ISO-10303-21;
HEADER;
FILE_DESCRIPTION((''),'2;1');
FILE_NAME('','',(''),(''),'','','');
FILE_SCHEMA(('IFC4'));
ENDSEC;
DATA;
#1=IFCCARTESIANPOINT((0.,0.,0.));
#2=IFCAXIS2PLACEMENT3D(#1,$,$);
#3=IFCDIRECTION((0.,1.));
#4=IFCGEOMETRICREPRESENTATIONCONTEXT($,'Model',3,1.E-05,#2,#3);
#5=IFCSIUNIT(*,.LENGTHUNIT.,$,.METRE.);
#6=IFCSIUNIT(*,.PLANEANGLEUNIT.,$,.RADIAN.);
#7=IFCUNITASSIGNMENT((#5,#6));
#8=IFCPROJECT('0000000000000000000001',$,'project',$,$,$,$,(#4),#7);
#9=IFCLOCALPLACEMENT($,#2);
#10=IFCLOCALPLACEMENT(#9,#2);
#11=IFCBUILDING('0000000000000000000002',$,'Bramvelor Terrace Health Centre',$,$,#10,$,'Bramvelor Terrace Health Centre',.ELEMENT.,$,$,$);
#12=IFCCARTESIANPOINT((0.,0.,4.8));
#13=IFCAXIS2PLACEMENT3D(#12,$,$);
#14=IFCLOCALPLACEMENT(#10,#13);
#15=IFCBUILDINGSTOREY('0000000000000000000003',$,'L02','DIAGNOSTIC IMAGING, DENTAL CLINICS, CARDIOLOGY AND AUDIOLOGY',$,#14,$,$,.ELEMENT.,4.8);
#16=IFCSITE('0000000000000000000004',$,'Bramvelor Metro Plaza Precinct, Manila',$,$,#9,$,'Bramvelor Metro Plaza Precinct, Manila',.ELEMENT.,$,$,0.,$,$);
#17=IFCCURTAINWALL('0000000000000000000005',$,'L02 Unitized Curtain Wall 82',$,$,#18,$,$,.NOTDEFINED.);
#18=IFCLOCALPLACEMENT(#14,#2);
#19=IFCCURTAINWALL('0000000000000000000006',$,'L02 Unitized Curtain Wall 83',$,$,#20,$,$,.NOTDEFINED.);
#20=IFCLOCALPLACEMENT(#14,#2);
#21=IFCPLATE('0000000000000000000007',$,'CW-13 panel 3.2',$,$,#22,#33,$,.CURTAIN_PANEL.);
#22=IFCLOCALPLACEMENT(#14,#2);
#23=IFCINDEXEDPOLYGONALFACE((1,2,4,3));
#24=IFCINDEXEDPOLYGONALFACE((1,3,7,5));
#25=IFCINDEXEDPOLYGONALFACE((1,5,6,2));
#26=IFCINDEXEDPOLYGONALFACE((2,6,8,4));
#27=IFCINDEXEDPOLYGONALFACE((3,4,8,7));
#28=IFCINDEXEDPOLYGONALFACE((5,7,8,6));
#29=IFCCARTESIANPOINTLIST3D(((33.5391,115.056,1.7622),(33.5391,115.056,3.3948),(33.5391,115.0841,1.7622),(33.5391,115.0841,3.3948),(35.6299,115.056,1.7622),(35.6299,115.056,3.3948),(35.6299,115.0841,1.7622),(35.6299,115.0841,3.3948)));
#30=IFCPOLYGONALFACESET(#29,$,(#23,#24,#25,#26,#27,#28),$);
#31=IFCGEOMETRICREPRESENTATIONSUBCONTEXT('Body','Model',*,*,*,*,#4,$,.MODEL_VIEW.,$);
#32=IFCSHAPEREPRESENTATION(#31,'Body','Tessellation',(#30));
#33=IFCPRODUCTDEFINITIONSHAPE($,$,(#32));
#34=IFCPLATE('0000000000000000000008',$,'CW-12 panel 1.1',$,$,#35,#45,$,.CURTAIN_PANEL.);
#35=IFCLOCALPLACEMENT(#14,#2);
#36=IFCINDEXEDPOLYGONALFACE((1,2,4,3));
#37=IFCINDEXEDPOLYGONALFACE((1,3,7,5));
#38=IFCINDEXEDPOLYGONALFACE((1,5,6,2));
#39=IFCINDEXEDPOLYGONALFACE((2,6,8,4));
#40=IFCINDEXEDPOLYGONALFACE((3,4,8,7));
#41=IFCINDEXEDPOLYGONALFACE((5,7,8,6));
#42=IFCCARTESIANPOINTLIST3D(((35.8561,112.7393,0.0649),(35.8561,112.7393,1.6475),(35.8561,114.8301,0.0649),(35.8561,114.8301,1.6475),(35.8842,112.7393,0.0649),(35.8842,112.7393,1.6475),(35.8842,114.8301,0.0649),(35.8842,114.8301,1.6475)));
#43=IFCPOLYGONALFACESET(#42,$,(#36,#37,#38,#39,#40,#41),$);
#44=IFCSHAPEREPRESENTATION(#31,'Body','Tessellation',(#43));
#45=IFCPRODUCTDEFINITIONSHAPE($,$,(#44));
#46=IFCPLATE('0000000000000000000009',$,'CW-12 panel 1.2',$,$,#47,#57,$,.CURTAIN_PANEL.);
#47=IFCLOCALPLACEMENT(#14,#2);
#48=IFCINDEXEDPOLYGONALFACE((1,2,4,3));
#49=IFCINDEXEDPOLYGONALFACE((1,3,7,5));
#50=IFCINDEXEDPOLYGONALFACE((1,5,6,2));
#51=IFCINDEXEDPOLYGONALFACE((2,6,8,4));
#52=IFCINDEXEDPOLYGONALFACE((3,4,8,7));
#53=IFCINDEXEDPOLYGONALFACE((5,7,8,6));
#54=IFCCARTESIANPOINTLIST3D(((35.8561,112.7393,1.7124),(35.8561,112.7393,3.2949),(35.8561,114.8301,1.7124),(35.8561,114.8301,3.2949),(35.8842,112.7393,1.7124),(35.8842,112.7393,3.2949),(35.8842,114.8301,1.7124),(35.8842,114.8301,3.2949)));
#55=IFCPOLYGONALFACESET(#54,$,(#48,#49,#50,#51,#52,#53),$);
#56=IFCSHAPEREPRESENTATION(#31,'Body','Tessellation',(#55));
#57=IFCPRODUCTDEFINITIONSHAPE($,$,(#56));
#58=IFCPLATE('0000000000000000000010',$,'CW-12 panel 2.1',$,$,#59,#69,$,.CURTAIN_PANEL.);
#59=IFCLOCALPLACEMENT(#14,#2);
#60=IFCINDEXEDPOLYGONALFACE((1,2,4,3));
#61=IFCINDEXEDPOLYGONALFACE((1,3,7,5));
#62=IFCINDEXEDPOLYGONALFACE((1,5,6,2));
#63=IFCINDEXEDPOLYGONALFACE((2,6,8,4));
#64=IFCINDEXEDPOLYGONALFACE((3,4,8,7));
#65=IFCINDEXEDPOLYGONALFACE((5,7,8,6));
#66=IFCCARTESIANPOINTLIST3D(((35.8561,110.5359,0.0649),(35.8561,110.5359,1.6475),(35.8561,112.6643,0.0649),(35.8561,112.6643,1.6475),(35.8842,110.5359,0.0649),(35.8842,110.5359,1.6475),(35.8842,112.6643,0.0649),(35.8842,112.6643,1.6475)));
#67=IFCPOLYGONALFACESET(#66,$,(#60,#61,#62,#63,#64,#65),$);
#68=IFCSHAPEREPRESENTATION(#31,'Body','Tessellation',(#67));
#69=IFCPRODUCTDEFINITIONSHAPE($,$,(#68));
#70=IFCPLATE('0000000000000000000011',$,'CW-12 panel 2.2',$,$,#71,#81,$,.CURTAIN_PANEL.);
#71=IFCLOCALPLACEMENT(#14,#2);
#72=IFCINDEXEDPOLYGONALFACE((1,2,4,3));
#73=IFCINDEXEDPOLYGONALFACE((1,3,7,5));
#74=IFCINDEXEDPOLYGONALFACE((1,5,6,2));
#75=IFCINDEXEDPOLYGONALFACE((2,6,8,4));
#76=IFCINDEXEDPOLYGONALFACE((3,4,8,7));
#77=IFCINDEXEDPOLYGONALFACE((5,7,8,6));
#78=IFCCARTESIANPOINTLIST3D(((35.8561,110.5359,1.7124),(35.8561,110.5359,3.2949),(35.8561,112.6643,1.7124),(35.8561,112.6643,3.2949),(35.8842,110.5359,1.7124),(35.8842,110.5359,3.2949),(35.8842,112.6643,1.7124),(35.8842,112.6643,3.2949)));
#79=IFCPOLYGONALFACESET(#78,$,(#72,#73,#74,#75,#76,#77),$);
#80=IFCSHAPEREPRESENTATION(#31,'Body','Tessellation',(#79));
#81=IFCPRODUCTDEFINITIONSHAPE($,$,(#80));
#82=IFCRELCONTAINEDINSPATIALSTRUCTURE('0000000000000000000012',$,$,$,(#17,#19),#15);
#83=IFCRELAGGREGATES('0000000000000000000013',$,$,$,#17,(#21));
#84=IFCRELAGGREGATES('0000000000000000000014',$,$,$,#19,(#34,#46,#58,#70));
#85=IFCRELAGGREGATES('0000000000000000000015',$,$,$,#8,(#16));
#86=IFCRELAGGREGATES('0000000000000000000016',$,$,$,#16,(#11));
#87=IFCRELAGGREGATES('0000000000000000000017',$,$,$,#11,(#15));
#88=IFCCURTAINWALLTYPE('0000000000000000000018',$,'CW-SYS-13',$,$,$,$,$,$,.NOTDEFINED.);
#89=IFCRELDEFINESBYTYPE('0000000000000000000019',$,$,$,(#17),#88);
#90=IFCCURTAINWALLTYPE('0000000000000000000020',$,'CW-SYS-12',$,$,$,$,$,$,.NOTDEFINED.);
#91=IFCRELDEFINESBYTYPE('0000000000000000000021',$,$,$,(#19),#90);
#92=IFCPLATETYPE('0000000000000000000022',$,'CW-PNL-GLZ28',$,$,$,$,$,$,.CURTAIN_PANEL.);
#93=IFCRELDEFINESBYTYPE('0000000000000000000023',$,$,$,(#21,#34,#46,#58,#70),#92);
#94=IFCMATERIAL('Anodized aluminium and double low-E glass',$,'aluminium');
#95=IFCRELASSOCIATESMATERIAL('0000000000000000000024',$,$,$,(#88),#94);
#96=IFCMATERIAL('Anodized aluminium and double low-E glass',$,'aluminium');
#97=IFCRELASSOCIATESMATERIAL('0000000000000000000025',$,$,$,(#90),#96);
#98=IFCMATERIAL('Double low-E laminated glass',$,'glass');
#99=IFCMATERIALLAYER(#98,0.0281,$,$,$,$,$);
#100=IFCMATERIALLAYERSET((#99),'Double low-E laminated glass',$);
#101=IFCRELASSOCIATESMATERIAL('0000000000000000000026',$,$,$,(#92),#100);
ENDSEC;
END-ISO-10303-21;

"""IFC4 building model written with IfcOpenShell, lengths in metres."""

from ifc_helpers import new_model, si_unit, direction, frame, origin, origin_2d, place, context, subcontext, project, spatial, rectangle, extrude, material, layer, layer_set, type_object, element, aggregate, save


model = new_model("IFC4")

# Units and contexts
model_context = context("Model", 3, precision=1e-05, world=origin(), true_north=direction((0.0, 1.0)))
body_context = subcontext(model_context, "Body", "Model", "MODEL_VIEW")
ifc_project = project(units=[si_unit("LENGTHUNIT", "METRE"), si_unit("PLANEANGLEUNIT", "RADIAN")], contexts=[model_context])

# Site, building, storey
site_placement = place(None, origin())
site = spatial("IfcSite", under=ifc_project, at=site_placement, Name="Bramvelor Metro Plaza Precinct, Manila", LongName="Bramvelor Metro Plaza Precinct, Manila", CompositionType="ELEMENT", RefElevation=0.0)
building_placement = place(site_placement, origin())
building = spatial("IfcBuilding", under=site, at=building_placement, Name="Bramvelor Terrace Health Centre", LongName="Bramvelor Terrace Health Centre", CompositionType="ELEMENT")
storey_placement = place(building_placement, frame((0.0, 0.0, 4.8)))
storey = spatial("IfcBuildingStorey", under=building, at=storey_placement, Name="L02", Description="DIAGNOSTIC IMAGING, DENTAL CLINICS, CARDIOLOGY AND AUDIOLOGY", CompositionType="ELEMENT", Elevation=4.8)

# Shared definitions
ifc_material_1 = material(Name="Anodized aluminium and double low-E glass", Category="aluminium")
curtain_wall_type_1 = type_object("IfcCurtainWallType", Name="CW-SYS-13", PredefinedType="NOTDEFINED", material=ifc_material_1)

# Curtain walls
curtain_wall_1_placement = place(storey_placement, origin())
curtain_wall_1 = element("IfcCurtainWall", 1, at=curtain_wall_1_placement, inside=storey, type_object=curtain_wall_type_1, Name="L02 Unitized Curtain Wall 82", PredefinedType="NOTDEFINED")
ifc_material_2 = material(Name="Anodized aluminium and double low-E glass", Category="aluminium")
curtain_wall_type_2 = type_object("IfcCurtainWallType", Name="CW-SYS-12", PredefinedType="NOTDEFINED", material=ifc_material_2)
curtain_wall_2_placement = place(storey_placement, origin())
curtain_wall_2 = element("IfcCurtainWall", 2, at=curtain_wall_2_placement, inside=storey, type_object=curtain_wall_type_2, Name="L02 Unitized Curtain Wall 83", PredefinedType="NOTDEFINED")

# Plates
ifc_material_3 = material(Name="Double low-E laminated glass", Category="glass")
ifc_layer = layer(ifc_material_3, 0.0281)
ifc_layer_set = layer_set([ifc_layer], Name="Double low-E laminated glass")
plate_type = type_object("IfcPlateType", Name="CW-PNL-GLZ28", PredefinedType="CURTAIN_PANEL", material=ifc_layer_set)
plate_1_placement = place(storey_placement, frame((34.5845, 115.0701, 1.7622), z_axis=(0.0, 0.0, 1.0), x_axis=(1.0, 0.0, 0.0)))
plate_1 = element("IfcPlate", 3, at=plate_1_placement, type_object=plate_type, Name="CW-13 panel 3.2", PredefinedType="CURTAIN_PANEL", context=body_context, shape_type="SweptSolid", body=[
    extrude(rectangle(XDim=2.0908, YDim=0.0281, at=origin_2d()), origin(), (0.0, 0.0, 1.0), 1.6326),
])
aggregate(curtain_wall_1, [plate_1])
plate_2_placement = place(storey_placement, frame((35.8701, 113.7847, 0.0649), z_axis=(0.0, 0.0, 1.0), x_axis=(0.0, -1.0, 0.0)))
plate_2 = element("IfcPlate", 4, at=plate_2_placement, type_object=plate_type, Name="CW-12 panel 1.1", PredefinedType="CURTAIN_PANEL", context=body_context, shape_type="SweptSolid", body=[
    extrude(rectangle(XDim=2.0908, YDim=0.0281, at=origin_2d()), origin(), (0.0, 0.0, 1.0), 1.5825),
])
plate_3_placement = place(storey_placement, frame((35.8701, 113.7847, 1.7124), z_axis=(0.0, 0.0, 1.0), x_axis=(0.0, -1.0, 0.0)))
plate_3 = element("IfcPlate", 5, at=plate_3_placement, type_object=plate_type, Name="CW-12 panel 1.2", PredefinedType="CURTAIN_PANEL", context=body_context, shape_type="SweptSolid", body=[
    extrude(rectangle(XDim=2.0908, YDim=0.0281, at=origin_2d()), origin(), (0.0, 0.0, 1.0), 1.5825),
])
plate_4_placement = place(storey_placement, frame((35.8701, 111.6001, 0.0649), z_axis=(0.0, 0.0, 1.0), x_axis=(0.0, -1.0, 0.0)))
plate_4 = element("IfcPlate", 6, at=plate_4_placement, type_object=plate_type, Name="CW-12 panel 2.1", PredefinedType="CURTAIN_PANEL", context=body_context, shape_type="SweptSolid", body=[
    extrude(rectangle(XDim=2.1284, YDim=0.0281, at=origin_2d()), origin(), (0.0, 0.0, 1.0), 1.5825),
])
plate_5_placement = place(storey_placement, frame((35.8701, 111.6001, 1.7124), z_axis=(0.0, 0.0, 1.0), x_axis=(0.0, -1.0, 0.0)))
plate_5 = element("IfcPlate", 7, at=plate_5_placement, type_object=plate_type, Name="CW-12 panel 2.2", PredefinedType="CURTAIN_PANEL", context=body_context, shape_type="SweptSolid", body=[
    extrude(rectangle(XDim=2.1284, YDim=0.0281, at=origin_2d()), origin(), (0.0, 0.0, 1.0), 1.5825),
])
aggregate(curtain_wall_2, [plate_2, plate_3, plate_4, plate_5])

save(model, "model.ifc")
